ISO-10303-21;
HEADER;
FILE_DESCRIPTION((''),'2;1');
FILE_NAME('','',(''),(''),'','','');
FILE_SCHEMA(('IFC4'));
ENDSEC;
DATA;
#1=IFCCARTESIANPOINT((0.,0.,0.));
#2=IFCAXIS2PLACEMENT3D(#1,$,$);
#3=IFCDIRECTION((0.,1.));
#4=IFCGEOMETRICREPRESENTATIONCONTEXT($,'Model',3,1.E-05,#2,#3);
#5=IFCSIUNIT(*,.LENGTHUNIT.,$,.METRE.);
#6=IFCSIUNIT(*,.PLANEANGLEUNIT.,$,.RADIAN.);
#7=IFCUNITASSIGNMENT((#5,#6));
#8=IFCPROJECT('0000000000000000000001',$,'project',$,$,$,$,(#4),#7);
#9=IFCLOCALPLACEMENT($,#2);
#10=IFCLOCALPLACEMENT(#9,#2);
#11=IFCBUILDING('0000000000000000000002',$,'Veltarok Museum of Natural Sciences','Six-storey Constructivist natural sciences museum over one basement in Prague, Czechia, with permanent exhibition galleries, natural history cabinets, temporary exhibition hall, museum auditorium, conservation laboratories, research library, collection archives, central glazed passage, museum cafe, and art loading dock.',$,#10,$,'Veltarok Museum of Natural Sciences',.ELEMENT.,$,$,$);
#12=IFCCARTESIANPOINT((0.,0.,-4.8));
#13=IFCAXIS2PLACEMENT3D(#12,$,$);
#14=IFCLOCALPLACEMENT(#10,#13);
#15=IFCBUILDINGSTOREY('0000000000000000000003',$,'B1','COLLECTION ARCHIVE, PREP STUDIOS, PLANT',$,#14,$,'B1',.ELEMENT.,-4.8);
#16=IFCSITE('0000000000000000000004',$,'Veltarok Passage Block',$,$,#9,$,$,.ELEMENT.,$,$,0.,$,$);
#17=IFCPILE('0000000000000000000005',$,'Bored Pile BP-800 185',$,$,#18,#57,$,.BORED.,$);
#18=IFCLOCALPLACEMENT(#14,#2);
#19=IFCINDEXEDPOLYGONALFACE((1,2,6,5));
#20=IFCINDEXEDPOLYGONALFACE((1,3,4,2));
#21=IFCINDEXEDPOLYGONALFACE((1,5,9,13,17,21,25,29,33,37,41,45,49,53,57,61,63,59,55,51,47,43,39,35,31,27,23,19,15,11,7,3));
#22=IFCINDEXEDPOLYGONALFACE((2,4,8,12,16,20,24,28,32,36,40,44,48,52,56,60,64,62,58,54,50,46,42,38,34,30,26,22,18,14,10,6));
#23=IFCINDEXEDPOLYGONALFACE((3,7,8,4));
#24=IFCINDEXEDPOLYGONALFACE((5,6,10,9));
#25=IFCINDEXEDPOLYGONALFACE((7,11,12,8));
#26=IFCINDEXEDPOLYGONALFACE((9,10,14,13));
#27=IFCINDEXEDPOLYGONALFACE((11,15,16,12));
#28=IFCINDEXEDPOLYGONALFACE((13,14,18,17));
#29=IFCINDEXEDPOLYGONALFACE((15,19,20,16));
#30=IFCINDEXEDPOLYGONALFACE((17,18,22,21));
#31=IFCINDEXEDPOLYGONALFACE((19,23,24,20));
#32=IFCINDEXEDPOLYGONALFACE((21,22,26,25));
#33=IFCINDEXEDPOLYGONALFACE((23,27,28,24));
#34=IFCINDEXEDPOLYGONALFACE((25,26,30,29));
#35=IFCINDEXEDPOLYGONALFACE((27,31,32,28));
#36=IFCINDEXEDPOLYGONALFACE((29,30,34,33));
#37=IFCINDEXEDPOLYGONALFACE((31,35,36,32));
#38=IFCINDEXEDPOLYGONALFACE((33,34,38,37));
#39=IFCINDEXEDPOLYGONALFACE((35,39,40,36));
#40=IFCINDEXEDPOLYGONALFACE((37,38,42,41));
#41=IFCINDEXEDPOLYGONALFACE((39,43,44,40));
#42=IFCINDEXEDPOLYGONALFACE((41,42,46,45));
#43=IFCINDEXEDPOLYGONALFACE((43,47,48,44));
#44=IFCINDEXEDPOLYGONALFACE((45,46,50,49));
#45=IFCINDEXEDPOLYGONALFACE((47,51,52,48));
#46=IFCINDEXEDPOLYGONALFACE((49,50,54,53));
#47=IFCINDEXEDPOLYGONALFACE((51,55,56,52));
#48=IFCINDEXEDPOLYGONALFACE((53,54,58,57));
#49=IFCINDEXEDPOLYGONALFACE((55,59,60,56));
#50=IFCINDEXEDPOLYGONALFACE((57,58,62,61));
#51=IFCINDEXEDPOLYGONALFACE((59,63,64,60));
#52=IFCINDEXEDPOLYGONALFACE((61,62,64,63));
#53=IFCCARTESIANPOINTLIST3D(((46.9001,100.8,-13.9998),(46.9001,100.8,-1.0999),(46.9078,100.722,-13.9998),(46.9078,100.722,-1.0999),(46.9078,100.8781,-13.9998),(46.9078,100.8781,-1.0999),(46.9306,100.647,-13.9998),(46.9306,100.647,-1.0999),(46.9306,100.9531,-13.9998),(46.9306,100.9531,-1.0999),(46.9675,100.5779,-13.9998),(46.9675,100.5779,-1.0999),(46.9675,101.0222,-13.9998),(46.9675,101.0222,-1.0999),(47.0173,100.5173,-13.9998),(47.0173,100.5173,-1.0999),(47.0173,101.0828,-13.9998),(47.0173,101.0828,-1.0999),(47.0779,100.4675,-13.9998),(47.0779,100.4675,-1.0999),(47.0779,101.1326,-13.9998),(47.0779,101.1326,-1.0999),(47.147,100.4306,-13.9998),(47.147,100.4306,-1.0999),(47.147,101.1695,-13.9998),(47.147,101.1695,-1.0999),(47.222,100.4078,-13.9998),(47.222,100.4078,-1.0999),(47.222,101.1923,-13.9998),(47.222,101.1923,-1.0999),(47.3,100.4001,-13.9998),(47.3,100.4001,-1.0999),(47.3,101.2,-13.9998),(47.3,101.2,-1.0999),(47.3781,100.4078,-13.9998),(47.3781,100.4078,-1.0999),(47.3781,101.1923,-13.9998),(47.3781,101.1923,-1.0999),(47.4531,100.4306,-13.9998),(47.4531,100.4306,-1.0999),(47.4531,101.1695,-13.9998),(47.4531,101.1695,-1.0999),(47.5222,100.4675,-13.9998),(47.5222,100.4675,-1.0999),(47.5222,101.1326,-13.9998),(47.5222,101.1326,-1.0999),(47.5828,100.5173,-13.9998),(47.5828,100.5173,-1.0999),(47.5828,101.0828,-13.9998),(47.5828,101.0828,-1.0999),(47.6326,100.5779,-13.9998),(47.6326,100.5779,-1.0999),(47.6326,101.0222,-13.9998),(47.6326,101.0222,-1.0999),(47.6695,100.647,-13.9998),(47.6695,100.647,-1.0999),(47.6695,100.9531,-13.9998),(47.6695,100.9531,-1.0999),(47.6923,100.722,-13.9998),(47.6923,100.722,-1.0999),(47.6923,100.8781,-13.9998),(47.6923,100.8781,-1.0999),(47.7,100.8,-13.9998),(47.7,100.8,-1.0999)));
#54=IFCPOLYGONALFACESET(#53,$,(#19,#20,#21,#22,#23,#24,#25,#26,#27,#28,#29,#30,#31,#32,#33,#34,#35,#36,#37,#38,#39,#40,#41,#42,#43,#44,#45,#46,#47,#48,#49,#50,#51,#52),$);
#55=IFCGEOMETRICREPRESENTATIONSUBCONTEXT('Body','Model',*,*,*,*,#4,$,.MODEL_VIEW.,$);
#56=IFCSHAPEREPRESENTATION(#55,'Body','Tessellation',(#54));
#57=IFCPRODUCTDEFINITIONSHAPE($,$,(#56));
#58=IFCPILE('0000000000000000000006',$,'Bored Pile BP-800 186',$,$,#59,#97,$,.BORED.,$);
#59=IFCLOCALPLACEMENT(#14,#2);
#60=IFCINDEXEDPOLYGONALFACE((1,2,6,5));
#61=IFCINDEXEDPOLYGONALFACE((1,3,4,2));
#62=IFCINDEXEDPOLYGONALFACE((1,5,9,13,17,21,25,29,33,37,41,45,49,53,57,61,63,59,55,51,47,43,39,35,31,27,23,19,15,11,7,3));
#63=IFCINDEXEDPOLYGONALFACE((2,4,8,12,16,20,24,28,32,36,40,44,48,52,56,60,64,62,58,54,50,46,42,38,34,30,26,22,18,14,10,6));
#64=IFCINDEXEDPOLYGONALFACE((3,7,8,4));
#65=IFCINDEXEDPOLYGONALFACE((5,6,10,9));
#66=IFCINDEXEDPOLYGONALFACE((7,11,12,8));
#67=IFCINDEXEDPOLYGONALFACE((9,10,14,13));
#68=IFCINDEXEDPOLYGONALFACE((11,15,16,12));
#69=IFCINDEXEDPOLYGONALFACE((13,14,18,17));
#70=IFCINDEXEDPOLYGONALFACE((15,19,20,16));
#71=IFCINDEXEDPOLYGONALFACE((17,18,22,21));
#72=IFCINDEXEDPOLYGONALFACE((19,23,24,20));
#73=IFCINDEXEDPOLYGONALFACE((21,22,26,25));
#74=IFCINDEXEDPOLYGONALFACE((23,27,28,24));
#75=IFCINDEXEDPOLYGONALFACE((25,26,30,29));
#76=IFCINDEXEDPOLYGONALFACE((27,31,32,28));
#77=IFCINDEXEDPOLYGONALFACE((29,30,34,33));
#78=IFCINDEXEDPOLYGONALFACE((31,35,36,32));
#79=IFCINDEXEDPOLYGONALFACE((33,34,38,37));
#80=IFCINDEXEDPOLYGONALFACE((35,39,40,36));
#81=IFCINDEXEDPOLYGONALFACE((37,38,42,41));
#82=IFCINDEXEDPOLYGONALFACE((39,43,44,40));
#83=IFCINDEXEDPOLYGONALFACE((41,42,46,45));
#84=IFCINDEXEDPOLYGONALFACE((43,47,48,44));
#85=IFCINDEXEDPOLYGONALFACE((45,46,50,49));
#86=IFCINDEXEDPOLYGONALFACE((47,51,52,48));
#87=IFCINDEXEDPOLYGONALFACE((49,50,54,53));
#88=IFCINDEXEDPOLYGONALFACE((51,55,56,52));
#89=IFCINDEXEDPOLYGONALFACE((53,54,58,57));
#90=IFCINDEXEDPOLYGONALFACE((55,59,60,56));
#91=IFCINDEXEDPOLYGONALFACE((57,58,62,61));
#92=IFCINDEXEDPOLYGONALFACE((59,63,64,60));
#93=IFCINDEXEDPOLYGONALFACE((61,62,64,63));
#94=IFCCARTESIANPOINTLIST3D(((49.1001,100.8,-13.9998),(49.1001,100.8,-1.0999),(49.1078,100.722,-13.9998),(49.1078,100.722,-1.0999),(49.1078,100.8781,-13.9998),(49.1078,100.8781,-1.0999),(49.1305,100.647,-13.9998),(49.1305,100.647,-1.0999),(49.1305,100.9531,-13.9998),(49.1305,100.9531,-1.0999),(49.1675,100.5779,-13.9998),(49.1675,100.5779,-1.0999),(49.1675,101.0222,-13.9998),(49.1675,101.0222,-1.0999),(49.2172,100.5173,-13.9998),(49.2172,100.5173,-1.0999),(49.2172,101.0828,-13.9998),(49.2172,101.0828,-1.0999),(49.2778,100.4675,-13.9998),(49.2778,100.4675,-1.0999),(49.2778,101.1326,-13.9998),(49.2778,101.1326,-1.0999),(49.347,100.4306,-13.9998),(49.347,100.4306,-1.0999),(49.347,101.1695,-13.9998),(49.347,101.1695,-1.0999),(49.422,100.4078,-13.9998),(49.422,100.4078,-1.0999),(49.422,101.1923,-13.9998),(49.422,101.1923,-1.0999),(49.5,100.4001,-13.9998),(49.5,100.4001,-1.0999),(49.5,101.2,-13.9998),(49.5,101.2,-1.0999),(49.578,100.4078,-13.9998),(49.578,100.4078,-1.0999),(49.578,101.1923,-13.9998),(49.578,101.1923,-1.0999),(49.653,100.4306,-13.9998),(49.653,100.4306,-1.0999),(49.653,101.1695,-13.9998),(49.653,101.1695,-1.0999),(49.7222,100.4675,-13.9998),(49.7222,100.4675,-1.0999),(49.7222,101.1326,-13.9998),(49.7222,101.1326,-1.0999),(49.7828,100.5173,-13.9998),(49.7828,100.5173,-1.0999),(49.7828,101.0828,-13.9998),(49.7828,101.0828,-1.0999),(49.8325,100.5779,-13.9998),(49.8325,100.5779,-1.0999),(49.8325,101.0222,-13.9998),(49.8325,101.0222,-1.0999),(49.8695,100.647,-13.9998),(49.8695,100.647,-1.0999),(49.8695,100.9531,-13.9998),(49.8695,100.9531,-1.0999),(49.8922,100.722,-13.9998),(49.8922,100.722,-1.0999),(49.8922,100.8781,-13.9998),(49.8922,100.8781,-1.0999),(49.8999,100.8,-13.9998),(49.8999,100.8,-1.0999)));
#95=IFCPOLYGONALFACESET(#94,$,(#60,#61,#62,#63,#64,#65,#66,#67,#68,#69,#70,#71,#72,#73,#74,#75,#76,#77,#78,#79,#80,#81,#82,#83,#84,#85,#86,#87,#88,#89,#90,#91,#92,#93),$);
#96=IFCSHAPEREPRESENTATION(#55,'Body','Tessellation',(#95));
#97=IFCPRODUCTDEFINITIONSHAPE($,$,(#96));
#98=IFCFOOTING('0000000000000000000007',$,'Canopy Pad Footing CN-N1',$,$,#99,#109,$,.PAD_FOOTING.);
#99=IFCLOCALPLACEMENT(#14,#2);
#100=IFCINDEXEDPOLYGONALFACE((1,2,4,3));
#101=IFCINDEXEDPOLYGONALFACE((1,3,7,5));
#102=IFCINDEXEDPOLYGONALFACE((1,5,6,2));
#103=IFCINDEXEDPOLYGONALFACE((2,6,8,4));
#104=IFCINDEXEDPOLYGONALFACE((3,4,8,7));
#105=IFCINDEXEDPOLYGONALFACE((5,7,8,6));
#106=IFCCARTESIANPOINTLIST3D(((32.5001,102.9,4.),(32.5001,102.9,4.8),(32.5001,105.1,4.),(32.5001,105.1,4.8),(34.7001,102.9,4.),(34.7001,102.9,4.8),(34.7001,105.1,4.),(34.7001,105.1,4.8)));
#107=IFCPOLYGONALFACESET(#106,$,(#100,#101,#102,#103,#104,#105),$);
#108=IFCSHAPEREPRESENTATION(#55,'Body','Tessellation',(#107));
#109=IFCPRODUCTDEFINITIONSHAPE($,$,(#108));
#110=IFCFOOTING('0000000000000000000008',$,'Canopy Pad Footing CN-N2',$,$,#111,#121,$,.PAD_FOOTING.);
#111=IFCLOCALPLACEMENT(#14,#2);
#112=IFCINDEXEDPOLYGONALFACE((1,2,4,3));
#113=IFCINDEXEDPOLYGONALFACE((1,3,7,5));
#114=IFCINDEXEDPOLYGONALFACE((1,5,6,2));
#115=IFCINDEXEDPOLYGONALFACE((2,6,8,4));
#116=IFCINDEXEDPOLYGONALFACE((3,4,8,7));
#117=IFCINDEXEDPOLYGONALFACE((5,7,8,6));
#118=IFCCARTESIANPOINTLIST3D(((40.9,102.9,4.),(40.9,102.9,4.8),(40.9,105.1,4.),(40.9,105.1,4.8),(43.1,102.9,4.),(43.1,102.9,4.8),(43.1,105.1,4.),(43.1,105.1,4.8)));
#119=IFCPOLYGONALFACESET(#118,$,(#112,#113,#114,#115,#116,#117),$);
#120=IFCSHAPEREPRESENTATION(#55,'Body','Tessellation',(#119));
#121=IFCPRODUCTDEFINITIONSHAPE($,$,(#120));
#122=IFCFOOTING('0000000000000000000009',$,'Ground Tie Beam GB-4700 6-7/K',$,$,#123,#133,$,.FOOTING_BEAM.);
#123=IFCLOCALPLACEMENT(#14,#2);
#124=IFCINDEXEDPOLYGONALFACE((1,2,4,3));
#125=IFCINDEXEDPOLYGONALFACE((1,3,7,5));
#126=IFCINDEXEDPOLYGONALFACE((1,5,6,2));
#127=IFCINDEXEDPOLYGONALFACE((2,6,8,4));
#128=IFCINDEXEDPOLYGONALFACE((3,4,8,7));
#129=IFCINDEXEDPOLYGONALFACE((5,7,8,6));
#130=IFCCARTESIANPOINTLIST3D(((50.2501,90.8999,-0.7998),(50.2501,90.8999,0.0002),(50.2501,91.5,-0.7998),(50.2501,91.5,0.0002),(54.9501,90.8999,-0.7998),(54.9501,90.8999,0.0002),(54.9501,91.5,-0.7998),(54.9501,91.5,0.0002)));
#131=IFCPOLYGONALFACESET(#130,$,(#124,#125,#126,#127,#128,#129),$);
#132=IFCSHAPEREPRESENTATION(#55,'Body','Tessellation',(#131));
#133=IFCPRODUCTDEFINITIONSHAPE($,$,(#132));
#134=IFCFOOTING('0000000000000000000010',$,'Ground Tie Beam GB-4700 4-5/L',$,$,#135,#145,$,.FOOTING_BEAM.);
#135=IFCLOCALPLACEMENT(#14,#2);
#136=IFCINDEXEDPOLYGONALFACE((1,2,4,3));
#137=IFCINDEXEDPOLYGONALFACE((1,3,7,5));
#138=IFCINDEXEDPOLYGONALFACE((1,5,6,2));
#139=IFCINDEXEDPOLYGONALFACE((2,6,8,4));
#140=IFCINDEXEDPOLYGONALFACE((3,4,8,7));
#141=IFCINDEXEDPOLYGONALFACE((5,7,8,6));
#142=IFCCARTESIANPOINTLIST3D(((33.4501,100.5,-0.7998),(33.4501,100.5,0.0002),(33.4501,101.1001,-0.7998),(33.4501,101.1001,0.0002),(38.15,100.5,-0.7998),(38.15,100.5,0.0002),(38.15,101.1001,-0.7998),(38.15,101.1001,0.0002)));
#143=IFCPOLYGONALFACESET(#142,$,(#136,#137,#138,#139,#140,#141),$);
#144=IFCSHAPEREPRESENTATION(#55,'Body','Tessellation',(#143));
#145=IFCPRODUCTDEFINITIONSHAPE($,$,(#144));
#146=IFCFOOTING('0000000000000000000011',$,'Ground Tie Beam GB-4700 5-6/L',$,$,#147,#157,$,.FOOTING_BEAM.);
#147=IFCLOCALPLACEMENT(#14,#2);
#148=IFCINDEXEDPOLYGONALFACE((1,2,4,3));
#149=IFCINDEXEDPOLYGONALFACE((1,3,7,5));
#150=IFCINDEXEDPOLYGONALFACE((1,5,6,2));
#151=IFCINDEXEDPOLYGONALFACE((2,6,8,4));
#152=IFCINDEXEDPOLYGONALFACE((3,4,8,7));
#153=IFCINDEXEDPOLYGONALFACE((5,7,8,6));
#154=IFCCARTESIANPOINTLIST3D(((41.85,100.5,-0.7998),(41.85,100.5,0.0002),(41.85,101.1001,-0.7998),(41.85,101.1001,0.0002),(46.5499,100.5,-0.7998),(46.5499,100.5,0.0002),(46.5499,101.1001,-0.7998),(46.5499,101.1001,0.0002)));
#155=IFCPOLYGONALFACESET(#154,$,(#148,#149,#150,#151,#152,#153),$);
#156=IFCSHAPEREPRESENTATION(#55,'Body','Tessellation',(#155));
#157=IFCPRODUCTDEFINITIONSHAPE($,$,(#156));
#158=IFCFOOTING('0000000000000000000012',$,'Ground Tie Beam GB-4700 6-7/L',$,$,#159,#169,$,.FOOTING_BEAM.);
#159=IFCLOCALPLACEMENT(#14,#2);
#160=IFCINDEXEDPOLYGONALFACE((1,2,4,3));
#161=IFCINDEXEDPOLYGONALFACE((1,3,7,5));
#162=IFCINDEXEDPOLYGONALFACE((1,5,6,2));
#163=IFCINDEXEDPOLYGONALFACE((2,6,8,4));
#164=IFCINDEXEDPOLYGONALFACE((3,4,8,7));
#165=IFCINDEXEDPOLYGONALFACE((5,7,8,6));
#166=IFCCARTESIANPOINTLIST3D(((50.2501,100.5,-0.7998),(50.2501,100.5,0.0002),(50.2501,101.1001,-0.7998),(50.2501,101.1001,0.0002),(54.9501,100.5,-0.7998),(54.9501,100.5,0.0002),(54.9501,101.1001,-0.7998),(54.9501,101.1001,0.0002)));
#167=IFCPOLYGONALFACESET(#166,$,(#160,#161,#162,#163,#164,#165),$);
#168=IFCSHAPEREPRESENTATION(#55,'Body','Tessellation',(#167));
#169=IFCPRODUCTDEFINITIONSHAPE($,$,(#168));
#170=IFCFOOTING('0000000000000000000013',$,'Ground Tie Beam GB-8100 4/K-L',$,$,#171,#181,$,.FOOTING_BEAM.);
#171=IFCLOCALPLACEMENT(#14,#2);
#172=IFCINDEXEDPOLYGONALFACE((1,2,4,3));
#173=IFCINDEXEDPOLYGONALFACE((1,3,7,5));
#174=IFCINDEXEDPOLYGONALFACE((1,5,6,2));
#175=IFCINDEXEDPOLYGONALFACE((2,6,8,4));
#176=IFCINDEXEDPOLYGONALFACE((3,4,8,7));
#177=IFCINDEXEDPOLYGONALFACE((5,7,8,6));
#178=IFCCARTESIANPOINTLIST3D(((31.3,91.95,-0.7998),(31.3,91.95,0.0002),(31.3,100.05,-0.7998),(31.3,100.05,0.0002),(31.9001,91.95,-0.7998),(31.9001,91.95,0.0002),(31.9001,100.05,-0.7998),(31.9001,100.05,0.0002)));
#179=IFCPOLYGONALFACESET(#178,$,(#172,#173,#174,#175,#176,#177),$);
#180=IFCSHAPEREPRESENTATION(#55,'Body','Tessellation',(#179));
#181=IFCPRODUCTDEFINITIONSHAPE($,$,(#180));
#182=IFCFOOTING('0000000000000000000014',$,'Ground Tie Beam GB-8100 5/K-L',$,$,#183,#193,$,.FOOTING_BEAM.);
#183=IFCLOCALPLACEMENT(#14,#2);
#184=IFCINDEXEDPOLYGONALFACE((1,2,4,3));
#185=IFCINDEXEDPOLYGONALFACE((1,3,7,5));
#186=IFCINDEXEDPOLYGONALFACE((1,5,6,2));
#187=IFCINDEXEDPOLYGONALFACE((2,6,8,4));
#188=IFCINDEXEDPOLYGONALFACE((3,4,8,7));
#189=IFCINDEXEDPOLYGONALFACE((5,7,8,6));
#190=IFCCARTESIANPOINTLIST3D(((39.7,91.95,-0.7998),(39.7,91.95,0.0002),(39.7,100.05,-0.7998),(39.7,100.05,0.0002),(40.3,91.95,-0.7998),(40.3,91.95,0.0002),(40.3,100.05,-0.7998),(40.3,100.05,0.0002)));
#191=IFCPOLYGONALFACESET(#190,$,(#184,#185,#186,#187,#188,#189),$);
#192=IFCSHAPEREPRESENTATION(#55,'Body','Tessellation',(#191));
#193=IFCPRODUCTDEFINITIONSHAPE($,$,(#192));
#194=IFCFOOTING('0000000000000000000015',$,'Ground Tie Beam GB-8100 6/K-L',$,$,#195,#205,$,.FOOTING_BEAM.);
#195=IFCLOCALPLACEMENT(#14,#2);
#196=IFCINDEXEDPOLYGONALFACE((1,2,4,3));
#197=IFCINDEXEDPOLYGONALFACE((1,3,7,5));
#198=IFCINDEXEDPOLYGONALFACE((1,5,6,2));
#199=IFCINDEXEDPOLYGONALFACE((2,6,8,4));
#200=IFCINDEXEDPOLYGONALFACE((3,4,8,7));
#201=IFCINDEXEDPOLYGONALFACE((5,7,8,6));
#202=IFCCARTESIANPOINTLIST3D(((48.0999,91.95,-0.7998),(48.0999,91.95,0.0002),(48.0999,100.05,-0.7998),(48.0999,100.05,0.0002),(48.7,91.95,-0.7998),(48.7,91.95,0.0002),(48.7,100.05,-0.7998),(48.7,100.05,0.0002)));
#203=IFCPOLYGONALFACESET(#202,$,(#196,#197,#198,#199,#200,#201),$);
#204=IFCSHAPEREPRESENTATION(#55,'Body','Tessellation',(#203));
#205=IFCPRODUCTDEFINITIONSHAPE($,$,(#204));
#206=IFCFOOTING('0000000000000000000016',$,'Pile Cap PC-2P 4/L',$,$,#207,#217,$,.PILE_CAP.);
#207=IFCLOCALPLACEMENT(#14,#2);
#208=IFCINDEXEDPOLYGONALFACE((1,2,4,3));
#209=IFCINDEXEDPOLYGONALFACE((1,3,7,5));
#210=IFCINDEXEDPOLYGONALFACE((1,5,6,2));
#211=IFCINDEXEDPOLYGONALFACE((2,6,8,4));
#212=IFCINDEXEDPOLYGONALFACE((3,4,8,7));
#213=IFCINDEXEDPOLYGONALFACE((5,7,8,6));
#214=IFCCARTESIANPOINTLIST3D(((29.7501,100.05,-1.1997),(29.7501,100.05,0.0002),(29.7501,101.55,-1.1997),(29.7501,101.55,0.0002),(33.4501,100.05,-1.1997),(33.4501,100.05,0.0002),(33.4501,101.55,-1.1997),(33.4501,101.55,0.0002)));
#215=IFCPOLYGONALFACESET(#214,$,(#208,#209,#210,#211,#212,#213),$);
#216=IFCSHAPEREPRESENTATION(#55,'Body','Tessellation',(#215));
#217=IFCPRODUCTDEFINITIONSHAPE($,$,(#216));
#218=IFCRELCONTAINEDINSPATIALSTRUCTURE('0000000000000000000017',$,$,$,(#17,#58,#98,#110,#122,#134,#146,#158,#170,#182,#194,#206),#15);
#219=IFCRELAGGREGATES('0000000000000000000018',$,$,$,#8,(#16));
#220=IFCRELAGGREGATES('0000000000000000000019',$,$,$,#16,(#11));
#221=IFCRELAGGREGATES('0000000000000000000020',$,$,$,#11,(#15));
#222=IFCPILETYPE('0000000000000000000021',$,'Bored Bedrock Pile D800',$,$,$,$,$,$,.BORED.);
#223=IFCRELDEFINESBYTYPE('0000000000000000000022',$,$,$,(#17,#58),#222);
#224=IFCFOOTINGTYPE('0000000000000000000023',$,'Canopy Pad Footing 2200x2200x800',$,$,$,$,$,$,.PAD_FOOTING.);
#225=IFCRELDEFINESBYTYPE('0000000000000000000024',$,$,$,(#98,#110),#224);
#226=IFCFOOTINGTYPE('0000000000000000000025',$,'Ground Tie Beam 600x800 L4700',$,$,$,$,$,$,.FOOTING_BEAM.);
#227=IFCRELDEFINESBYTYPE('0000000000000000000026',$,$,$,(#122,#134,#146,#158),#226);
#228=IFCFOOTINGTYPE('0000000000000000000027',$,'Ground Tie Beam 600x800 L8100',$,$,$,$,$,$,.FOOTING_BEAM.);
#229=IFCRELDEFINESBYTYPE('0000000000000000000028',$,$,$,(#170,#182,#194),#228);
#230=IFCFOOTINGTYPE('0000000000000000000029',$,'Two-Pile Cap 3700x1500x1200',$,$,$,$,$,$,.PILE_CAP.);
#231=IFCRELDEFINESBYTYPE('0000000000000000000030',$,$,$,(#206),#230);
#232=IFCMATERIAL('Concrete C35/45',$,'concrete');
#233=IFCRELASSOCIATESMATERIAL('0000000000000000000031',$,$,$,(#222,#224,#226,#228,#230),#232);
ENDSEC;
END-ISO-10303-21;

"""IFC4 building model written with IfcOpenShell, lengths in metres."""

from ifc_helpers import new_model, si_unit, direction, frame, origin, origin_2d, place, context, subcontext, project, spatial, rectangle, circle, extrude, material, material_profile, profile_set, type_object, element, save


model = new_model("IFC4")

# Units and contexts
model_context = context("Model", 3, precision=1e-05, world=origin(), true_north=direction((0.0, 1.0)))
body_context = subcontext(model_context, "Body", "Model", "MODEL_VIEW")
ifc_project = project(units=[si_unit("LENGTHUNIT", "METRE"), si_unit("PLANEANGLEUNIT", "RADIAN")], contexts=[model_context])

# Site, building, storey
site_placement = place(None, origin())
site = spatial("IfcSite", under=ifc_project, at=site_placement, Name="Veltarok Passage Block", CompositionType="ELEMENT", RefElevation=0.0)
building_placement = place(site_placement, origin())
building = spatial("IfcBuilding", under=site, at=building_placement, Name="Veltarok Museum of Natural Sciences", Description="Six-storey Constructivist natural sciences museum over one basement in Prague, Czechia, with permanent exhibition galleries, natural history cabinets, temporary exhibition hall, museum auditorium, conservation laboratories, research library, collection archives, central glazed passage, museum cafe, and art loading dock.", LongName="Veltarok Museum of Natural Sciences", CompositionType="ELEMENT")
storey_placement = place(building_placement, frame((0.0, 0.0, -4.8)))
storey = spatial("IfcBuildingStorey", under=building, at=storey_placement, Name="B1", Description="COLLECTION ARCHIVE, PREP STUDIOS, PLANT", LongName="B1", CompositionType="ELEMENT", Elevation=-4.8)

# Piles
ifc_material_1 = material(Name="Concrete C35/45", Category="concrete")
ifc_material_profile_1 = material_profile(ifc_material_1, circle(Radius=0.3999, at=origin_2d()), Name="BP D800")
ifc_profile_set_1 = profile_set([ifc_material_profile_1], Name="Concrete C35/45")
pile_type = type_object("IfcPileType", Name="Bored Bedrock Pile D800", PredefinedType="BORED", material=ifc_profile_set_1)
for number, where, z_axis, x_axis, name in (
    (1, (47.3, 100.8, -1.0999), (0.0, 0.0, -1.0), (1.0, 0.0, 0.0), "Bored Pile BP-800 185"),
    (2, (49.5, 100.8, -1.0999), (0.0, 0.0, -1.0), (1.0, 0.0, 0.0), "Bored Pile BP-800 186"),
):
    element("IfcPile", number, at=place(storey_placement, frame(where, z_axis=z_axis, x_axis=x_axis)), inside=storey, type_object=pile_type, Name=name, PredefinedType="BORED", context=body_context, shape_type="SweptSolid", body=[
        extrude(circle(Radius=0.3999, at=origin_2d()), origin(), (0.0, 0.0, 1.0), 12.8999),
    ])

# Footings
footing_type_1 = type_object("IfcFootingType", Name="Canopy Pad Footing 2200x2200x800", PredefinedType="PAD_FOOTING", material=ifc_material_1)
for number, where, z_axis, x_axis, name in (
    (3, (33.6001, 104.0, 4.0), (0.0, 0.0, 1.0), (1.0, 0.0, 0.0), "Canopy Pad Footing CN-N1"),
    (4, (42.0, 104.0, 4.0), (0.0, 0.0, 1.0), (1.0, 0.0, 0.0), "Canopy Pad Footing CN-N2"),
):
    element("IfcFooting", number, at=place(storey_placement, frame(where, z_axis=z_axis, x_axis=x_axis)), inside=storey, type_object=footing_type_1, Name=name, PredefinedType="PAD_FOOTING", context=body_context, shape_type="SweptSolid", body=[
        extrude(rectangle(XDim=2.2, YDim=2.2, at=origin_2d()), origin(), (0.0, 0.0, 1.0), 0.8),
    ])
footing_type_2 = type_object("IfcFootingType", Name="Ground Tie Beam 600x800 L4700", PredefinedType="FOOTING_BEAM", material=ifc_material_1)
for number, where, z_axis, x_axis, name in (
    (5, (52.6001, 91.2, -0.7998), (0.0, 0.0, 1.0), (1.0, 0.0, 0.0), "Ground Tie Beam GB-4700 6-7/K"),
    (6, (35.8, 100.8, -0.7998), (0.0, 0.0, 1.0), (1.0, 0.0, 0.0), "Ground Tie Beam GB-4700 4-5/L"),
    (7, (44.2, 100.8, -0.7998), (0.0, 0.0, 1.0), (1.0, 0.0, 0.0), "Ground Tie Beam GB-4700 5-6/L"),
    (8, (52.6001, 100.8, -0.7998), (0.0, 0.0, 1.0), (1.0, 0.0, 0.0), "Ground Tie Beam GB-4700 6-7/L"),
):
    element("IfcFooting", number, at=place(storey_placement, frame(where, z_axis=z_axis, x_axis=x_axis)), inside=storey, type_object=footing_type_2, Name=name, PredefinedType="FOOTING_BEAM", context=body_context, shape_type="SweptSolid", body=[
        extrude(rectangle(XDim=4.7, YDim=0.6001, at=origin_2d()), origin(), (0.0, 0.0, 1.0), 0.8),
    ])
footing_type_3 = type_object("IfcFootingType", Name="Ground Tie Beam 600x800 L8100", PredefinedType="FOOTING_BEAM", material=ifc_material_1)
for number, where, z_axis, x_axis, name in (
    (9, (31.6001, 96.0, -0.7998), (0.0, 0.0, 1.0), (0.0, 1.0, 0.0), "Ground Tie Beam GB-8100 4/K-L"),
    (10, (40.0, 96.0, -0.7998), (0.0, 0.0, 1.0), (0.0, 1.0, 0.0), "Ground Tie Beam GB-8100 5/K-L"),
    (11, (48.3999, 96.0, -0.7998), (0.0, 0.0, 1.0), (0.0, 1.0, 0.0), "Ground Tie Beam GB-8100 6/K-L"),
):
    element("IfcFooting", number, at=place(storey_placement, frame(where, z_axis=z_axis, x_axis=x_axis)), inside=storey, type_object=footing_type_3, Name=name, PredefinedType="FOOTING_BEAM", context=body_context, shape_type="SweptSolid", body=[
        extrude(rectangle(XDim=8.1001, YDim=0.6001, at=origin_2d()), origin(), (0.0, 0.0, 1.0), 0.8),
    ])
footing_type_4 = type_object("IfcFootingType", Name="Two-Pile Cap 3700x1500x1200", PredefinedType="PILE_CAP", material=ifc_material_1)
for number, where, z_axis, x_axis, name in (
    (12, (31.6001, 100.8, -1.1997), (0.0, 0.0, 1.0), (1.0, 0.0, 0.0), "Pile Cap PC-2P 4/L"),
):
    element("IfcFooting", number, at=place(storey_placement, frame(where, z_axis=z_axis, x_axis=x_axis)), inside=storey, type_object=footing_type_4, Name=name, PredefinedType="PILE_CAP", context=body_context, shape_type="SweptSolid", body=[
        extrude(rectangle(XDim=3.7, YDim=1.5, at=origin_2d()), origin(), (0.0, 0.0, 1.0), 1.2),
    ])

save(model, "model.ifc")
